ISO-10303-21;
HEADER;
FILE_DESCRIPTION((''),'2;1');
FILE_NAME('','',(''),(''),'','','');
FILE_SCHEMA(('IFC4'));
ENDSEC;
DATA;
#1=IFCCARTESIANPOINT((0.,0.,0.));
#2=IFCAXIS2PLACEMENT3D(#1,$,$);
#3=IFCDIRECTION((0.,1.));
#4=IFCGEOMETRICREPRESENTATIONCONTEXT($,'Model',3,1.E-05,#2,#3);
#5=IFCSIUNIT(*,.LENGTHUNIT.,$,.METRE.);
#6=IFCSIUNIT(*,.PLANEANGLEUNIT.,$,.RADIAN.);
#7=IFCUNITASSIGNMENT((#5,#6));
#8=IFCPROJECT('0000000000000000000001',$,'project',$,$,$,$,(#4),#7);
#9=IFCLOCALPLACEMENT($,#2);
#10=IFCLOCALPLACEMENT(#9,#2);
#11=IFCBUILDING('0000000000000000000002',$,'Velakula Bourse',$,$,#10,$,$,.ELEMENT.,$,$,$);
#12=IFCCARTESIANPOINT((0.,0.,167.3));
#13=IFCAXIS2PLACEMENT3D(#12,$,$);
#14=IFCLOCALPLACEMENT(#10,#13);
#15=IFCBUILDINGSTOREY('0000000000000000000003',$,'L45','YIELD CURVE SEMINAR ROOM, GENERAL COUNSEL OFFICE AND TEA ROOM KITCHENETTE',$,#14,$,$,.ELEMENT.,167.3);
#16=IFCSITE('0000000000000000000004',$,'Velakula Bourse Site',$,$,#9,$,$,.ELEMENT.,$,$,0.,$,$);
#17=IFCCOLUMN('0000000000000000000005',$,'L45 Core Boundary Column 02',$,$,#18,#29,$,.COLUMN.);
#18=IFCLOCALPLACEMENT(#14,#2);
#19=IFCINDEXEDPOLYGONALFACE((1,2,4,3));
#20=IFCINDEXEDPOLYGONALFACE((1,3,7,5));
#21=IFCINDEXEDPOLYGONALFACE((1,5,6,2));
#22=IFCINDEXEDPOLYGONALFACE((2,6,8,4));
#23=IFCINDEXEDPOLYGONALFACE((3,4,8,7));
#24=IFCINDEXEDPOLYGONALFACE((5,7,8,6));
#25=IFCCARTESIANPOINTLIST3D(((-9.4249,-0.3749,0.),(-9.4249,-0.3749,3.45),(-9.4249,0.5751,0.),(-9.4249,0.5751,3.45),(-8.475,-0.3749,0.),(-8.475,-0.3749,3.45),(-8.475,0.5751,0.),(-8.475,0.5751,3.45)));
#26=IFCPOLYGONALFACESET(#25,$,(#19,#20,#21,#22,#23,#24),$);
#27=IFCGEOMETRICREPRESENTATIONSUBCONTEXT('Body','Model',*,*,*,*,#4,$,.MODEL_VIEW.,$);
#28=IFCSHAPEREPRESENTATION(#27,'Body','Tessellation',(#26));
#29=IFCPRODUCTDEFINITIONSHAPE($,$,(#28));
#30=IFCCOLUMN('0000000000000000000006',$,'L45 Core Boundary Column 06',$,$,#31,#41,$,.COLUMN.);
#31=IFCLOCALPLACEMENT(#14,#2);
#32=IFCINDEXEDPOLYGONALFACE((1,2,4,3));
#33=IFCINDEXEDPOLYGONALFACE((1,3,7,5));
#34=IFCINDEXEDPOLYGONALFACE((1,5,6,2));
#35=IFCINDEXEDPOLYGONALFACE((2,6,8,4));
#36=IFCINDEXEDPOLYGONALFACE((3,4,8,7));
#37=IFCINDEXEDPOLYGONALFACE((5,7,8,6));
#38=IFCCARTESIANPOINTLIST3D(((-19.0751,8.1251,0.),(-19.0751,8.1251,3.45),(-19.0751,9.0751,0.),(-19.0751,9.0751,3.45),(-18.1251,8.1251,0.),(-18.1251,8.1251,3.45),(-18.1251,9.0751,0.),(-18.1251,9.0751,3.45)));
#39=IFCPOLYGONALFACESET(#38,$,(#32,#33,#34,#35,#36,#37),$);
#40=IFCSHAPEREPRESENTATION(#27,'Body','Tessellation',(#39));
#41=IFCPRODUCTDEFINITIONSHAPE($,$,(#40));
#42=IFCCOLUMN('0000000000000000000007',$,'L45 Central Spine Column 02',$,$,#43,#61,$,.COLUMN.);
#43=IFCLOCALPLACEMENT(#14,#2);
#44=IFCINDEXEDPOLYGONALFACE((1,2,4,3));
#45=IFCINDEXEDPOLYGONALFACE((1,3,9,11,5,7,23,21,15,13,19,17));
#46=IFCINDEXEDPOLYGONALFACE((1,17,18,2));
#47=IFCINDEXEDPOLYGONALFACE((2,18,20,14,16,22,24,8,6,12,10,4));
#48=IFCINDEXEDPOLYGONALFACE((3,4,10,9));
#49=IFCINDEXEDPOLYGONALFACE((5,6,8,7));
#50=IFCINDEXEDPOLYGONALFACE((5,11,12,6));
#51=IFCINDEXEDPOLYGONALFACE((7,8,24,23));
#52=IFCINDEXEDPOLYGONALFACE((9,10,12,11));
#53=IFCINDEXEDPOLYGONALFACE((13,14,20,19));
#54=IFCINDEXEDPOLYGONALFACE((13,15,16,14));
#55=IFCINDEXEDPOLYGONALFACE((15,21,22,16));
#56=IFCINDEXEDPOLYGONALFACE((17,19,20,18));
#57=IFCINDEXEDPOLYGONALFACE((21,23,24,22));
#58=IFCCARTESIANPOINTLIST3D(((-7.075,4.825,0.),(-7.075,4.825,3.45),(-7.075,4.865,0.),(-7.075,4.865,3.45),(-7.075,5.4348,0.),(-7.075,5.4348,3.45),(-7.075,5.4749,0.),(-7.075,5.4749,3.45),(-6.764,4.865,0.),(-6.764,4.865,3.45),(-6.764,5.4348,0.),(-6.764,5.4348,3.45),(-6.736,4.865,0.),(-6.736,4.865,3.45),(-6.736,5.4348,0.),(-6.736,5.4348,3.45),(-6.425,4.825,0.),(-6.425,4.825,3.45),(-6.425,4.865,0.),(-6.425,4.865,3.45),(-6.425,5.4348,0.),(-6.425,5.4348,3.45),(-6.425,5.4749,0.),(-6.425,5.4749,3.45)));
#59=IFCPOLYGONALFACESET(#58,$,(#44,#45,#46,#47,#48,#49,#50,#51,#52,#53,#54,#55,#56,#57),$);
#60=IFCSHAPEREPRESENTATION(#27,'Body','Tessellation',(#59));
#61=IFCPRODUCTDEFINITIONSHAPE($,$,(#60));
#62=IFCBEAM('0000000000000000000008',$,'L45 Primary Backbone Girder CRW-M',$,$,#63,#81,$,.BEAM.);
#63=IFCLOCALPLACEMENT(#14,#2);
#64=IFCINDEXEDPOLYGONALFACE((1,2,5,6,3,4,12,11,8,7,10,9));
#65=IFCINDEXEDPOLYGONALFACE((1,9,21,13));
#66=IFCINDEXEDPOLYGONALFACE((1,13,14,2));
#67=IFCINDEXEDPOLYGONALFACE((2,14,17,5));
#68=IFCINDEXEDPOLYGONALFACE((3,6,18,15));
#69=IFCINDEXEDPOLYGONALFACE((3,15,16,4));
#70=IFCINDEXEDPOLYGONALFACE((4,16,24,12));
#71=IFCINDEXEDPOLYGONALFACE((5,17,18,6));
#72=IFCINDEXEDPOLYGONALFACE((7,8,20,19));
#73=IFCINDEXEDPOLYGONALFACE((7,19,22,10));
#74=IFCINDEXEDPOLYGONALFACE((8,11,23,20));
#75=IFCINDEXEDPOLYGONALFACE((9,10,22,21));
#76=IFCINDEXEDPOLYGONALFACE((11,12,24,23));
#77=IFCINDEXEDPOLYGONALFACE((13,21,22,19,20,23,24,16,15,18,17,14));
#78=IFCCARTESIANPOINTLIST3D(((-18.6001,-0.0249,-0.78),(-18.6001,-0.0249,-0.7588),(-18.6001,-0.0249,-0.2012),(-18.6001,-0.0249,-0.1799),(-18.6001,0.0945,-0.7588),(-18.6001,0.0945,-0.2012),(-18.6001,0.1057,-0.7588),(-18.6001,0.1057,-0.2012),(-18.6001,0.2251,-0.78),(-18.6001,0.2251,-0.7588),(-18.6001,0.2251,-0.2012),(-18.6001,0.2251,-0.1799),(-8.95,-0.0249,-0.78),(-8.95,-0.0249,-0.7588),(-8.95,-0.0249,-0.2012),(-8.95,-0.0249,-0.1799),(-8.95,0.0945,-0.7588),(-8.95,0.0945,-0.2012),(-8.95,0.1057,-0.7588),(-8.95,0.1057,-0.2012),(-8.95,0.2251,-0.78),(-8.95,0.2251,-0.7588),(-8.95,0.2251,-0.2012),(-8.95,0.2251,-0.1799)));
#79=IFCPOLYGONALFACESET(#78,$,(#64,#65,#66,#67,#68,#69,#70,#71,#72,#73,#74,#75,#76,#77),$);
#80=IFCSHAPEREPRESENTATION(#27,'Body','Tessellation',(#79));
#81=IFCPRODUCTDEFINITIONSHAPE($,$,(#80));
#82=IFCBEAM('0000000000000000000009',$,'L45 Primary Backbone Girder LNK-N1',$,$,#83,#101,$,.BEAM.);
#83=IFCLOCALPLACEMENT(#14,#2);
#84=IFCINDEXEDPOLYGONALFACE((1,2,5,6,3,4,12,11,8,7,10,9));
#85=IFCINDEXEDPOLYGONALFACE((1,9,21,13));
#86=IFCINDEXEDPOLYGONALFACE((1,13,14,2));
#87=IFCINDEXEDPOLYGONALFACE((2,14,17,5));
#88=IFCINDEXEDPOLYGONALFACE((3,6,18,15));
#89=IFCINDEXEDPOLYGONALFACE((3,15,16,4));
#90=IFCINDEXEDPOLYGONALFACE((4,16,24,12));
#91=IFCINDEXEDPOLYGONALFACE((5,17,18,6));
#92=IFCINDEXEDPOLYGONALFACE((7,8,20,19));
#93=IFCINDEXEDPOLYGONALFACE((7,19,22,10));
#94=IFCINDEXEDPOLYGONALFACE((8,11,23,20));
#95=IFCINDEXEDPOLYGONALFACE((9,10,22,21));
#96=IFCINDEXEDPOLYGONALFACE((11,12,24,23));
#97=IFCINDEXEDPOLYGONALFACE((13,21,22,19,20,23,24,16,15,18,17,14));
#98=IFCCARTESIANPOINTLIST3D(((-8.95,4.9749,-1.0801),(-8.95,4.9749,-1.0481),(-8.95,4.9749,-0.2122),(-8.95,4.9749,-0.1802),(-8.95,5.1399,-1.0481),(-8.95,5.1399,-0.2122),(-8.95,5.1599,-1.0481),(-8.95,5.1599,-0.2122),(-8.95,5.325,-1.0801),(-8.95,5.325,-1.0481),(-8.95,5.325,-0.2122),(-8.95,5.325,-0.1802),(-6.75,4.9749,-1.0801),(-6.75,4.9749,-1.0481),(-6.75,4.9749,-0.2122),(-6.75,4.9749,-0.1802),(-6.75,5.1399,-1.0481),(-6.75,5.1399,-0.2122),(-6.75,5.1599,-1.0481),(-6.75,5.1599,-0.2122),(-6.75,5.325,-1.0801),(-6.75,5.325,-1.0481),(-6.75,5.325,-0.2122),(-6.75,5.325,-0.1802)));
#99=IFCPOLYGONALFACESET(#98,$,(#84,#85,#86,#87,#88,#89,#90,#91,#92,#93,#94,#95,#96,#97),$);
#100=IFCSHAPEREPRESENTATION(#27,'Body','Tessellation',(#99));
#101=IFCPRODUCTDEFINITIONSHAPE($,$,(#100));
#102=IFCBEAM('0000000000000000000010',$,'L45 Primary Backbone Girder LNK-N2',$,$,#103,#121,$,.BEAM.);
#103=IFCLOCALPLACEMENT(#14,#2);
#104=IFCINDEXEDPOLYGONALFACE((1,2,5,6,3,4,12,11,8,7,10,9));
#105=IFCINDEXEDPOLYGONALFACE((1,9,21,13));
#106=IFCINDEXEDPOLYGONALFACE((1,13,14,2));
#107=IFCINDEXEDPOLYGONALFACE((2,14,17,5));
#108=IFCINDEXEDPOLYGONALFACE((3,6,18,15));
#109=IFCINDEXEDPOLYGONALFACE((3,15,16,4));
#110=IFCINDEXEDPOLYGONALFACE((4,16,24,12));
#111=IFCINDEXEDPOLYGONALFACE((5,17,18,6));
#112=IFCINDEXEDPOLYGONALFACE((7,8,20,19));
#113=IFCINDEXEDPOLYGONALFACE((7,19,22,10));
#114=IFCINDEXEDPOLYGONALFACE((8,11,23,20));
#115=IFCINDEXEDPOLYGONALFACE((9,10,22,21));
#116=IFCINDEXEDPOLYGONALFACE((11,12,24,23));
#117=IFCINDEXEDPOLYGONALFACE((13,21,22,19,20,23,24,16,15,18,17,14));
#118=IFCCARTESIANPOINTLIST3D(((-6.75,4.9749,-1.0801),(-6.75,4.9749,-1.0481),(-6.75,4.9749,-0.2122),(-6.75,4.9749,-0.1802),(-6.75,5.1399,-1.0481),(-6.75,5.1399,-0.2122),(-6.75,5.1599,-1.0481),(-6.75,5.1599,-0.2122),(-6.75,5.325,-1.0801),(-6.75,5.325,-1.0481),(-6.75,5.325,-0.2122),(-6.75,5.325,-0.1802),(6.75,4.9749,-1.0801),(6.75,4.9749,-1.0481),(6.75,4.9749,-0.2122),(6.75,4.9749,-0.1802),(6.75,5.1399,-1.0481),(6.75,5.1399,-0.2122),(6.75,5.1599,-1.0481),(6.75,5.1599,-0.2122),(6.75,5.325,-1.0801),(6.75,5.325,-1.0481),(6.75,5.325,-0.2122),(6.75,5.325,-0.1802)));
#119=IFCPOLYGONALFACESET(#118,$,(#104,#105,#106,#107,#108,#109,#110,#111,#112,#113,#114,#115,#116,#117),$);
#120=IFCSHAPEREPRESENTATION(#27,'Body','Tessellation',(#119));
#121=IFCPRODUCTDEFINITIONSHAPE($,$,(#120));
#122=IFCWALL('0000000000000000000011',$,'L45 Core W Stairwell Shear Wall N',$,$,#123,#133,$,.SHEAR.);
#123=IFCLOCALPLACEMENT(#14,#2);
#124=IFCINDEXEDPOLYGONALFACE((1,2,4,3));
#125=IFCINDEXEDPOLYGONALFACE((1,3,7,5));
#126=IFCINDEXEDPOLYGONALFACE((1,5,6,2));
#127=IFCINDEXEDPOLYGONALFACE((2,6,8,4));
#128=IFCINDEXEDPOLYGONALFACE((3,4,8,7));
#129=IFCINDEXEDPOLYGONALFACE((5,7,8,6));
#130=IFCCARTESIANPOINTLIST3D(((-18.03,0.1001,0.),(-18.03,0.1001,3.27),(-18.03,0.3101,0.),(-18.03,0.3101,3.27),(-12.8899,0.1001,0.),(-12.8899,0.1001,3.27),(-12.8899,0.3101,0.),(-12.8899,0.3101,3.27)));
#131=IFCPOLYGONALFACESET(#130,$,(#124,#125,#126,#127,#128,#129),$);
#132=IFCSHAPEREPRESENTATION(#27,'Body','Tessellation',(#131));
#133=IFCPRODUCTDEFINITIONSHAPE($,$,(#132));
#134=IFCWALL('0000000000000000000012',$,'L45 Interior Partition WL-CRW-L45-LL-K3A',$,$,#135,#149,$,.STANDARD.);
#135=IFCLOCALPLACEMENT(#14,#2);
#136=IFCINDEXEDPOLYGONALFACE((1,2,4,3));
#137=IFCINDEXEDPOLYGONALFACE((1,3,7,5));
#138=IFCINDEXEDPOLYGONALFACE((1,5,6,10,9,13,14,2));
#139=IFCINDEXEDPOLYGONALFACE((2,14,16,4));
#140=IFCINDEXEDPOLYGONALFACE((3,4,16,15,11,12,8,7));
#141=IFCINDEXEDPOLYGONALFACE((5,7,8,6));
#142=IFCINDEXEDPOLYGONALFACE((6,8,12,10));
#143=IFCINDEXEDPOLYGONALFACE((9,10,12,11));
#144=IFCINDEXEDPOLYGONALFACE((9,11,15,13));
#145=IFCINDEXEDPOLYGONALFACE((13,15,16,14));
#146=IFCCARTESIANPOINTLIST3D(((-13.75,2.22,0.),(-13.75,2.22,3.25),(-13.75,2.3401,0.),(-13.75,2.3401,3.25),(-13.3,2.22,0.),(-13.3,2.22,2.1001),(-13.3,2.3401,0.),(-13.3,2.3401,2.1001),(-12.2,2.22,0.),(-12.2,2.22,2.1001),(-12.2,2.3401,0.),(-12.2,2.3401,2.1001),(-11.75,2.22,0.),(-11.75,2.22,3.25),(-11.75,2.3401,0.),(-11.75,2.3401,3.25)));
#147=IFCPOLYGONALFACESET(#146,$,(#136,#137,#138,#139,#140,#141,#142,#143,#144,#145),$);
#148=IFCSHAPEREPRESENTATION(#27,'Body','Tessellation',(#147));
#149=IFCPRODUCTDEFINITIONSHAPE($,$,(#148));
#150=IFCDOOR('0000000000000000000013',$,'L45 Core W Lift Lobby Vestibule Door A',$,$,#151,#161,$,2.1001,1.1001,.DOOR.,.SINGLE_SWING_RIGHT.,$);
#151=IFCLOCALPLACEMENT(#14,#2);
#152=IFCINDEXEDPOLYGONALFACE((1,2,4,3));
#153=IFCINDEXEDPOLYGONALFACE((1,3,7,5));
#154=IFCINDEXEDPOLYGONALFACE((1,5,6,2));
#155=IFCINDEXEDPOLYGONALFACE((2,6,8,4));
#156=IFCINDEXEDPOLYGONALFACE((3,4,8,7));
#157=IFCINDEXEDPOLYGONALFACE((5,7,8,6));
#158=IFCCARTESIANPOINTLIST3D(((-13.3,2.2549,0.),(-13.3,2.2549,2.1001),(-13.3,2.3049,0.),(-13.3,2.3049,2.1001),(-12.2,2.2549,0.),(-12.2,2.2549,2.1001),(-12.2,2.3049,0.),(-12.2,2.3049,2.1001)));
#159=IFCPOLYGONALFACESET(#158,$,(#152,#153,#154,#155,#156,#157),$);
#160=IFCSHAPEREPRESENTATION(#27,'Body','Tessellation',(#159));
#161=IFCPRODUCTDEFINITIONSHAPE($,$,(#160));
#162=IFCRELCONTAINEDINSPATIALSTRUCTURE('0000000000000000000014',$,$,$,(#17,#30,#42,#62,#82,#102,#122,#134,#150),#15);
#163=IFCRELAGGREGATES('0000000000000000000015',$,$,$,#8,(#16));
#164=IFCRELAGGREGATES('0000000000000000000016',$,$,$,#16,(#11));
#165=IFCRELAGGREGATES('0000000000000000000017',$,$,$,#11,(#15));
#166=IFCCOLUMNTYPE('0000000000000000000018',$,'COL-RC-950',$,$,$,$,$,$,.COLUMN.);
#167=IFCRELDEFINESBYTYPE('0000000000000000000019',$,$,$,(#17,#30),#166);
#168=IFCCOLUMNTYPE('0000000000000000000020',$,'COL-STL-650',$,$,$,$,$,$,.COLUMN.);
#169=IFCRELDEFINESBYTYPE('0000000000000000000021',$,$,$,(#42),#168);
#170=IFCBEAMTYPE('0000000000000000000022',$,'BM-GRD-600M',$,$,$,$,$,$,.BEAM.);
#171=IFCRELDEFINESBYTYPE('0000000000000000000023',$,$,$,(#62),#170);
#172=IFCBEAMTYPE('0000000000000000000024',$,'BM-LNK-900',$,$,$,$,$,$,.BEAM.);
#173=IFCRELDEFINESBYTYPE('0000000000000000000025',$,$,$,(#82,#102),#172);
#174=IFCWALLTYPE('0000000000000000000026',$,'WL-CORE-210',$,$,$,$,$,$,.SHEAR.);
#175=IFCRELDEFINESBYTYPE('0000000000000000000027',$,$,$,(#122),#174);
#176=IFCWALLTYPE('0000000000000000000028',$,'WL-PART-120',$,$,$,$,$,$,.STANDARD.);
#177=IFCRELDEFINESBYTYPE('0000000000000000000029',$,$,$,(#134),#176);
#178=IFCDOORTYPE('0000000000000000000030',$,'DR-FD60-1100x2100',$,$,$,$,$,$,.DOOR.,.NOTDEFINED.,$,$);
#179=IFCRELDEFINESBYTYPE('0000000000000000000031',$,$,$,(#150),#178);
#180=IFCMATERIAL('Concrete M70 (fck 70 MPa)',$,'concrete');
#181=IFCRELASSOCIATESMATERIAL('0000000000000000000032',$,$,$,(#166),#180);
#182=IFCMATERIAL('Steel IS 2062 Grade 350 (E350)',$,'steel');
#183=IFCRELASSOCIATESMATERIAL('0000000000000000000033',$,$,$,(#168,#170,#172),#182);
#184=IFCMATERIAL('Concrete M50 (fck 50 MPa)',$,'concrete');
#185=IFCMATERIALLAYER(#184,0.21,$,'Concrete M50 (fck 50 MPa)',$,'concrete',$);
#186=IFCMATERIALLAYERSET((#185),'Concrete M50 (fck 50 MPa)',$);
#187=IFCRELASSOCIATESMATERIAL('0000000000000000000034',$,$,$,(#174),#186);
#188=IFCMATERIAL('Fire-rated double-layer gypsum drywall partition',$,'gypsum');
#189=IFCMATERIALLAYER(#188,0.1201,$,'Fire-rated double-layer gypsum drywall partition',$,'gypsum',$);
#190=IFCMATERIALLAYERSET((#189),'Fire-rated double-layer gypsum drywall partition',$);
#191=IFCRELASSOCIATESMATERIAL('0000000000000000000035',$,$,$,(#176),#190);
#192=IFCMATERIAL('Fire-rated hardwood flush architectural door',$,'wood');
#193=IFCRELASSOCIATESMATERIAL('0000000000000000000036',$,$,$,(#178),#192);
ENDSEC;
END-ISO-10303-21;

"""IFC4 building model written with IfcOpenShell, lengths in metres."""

from ifc_helpers import new_model, si_unit, direction, frame, frame_2d, origin, origin_2d, place, context, subcontext, project, spatial, rectangle, i_section, extrude, material, layer, layer_set, material_profile, profile_set, type_object, element, fill, save


model = new_model("IFC4")

# Units and contexts
model_context = context("Model", 3, precision=1e-05, world=origin(), true_north=direction((0.0, 1.0)))
body_context = subcontext(model_context, "Body", "Model", "MODEL_VIEW")
ifc_project = project(units=[si_unit("LENGTHUNIT", "METRE"), si_unit("PLANEANGLEUNIT", "RADIAN")], contexts=[model_context])

# Site, building, storey
site_placement = place(None, origin())
site = spatial("IfcSite", under=ifc_project, at=site_placement, Name="Velakula Bourse Site", CompositionType="ELEMENT", RefElevation=0.0)
building_placement = place(site_placement, origin())
building = spatial("IfcBuilding", under=site, at=building_placement, Name="Velakula Bourse", CompositionType="ELEMENT")
storey_placement = place(building_placement, frame((0.0, 0.0, 167.3)))
storey = spatial("IfcBuildingStorey", under=building, at=storey_placement, Name="L45", Description="YIELD CURVE SEMINAR ROOM, GENERAL COUNSEL OFFICE AND TEA ROOM KITCHENETTE", CompositionType="ELEMENT", Elevation=167.3)

# Columns
ifc_material_1 = material(Name="Concrete M70 (fck 70 MPa)", Category="concrete")
ifc_material_profile_1 = material_profile(ifc_material_1, rectangle(XDim=0.95, YDim=0.95, at=origin_2d()), Name="Concrete M70 (fck 70 MPa)")
ifc_profile_set_1 = profile_set([ifc_material_profile_1], Name="Concrete M70 (fck 70 MPa)")
column_type_1 = type_object("IfcColumnType", Name="COL-RC-950", PredefinedType="COLUMN", material=ifc_profile_set_1)
for number, where, z_axis, x_axis, name in (
    (1, (-8.95, 0.1001, 0.0), (0.0, 0.0, 1.0), (1.0, 0.0, 0.0), "L45 Core Boundary Column 02"),
    (2, (-18.6001, 8.6001, 0.0), (0.0, 0.0, 1.0), (1.0, 0.0, 0.0), "L45 Core Boundary Column 06"),
):
    element("IfcColumn", number, at=place(storey_placement, frame(where, z_axis=z_axis, x_axis=x_axis)), inside=storey, type_object=column_type_1, Name=name, PredefinedType="COLUMN", context=body_context, shape_type="SweptSolid", body=[
        extrude(rectangle(XDim=0.95, YDim=0.95, at=origin_2d()), origin(), (0.0, 0.0, 1.0), 3.45),
    ])
ifc_material_2 = material(Name="Steel IS 2062 Grade 350 (E350)", Category="steel")
ifc_material_profile_2 = material_profile(ifc_material_2, i_section(OverallWidth=0.6499, OverallDepth=0.6499, WebThickness=0.0281, FlangeThickness=0.04, at=origin_2d()), Name="Steel IS 2062 Grade 350 (E350)")
ifc_profile_set_2 = profile_set([ifc_material_profile_2], Name="Steel IS 2062 Grade 350 (E350)")
column_type_2 = type_object("IfcColumnType", Name="COL-STL-650", PredefinedType="COLUMN", material=ifc_profile_set_2)
column_placement = place(storey_placement, frame((-6.75, 5.1499, 0.0), z_axis=(0.0, 0.0, 1.0), x_axis=(1.0, 0.0, 0.0)))
element("IfcColumn", 3, at=column_placement, inside=storey, type_object=column_type_2, Name="L45 Central Spine Column 02", PredefinedType="COLUMN", context=body_context, shape_type="SweptSolid", body=[
    extrude(i_section(OverallWidth=0.6499, OverallDepth=0.6499, WebThickness=0.0281, FlangeThickness=0.04, at=origin_2d()), origin(), (0.0, 0.0, 1.0), 3.45),
])

# Beams
ifc_material_profile_3 = material_profile(ifc_material_2, i_section(OverallWidth=0.25, OverallDepth=0.6001, WebThickness=0.0112, FlangeThickness=0.0212, at=origin_2d()), Name="Steel IS 2062 Grade 350 (E350)")
ifc_profile_set_3 = profile_set([ifc_material_profile_3], Name="Steel IS 2062 Grade 350 (E350)")
beam_type_1 = type_object("IfcBeamType", Name="BM-GRD-600M", PredefinedType="BEAM", material=ifc_profile_set_3)
beam_1_placement = place(storey_placement, frame((-18.6001, 0.1001, -0.48), z_axis=(1.0, 0.0, 0.0), x_axis=(0.0, 1.0, 0.0)))
element("IfcBeam", 4, at=beam_1_placement, inside=storey, type_object=beam_type_1, Name="L45 Primary Backbone Girder CRW-M", PredefinedType="BEAM", context=body_context, shape_type="SweptSolid", body=[
    extrude(i_section(OverallWidth=0.25, OverallDepth=0.6001, WebThickness=0.0112, FlangeThickness=0.0212, at=origin_2d()), origin(), (0.0, 0.0, 1.0), 9.6501),
])
ifc_material_profile_4 = material_profile(ifc_material_2, i_section(OverallWidth=0.3501, OverallDepth=0.8999, WebThickness=0.02, FlangeThickness=0.032, at=origin_2d()), Name="Steel IS 2062 Grade 350 (E350)")
ifc_profile_set_4 = profile_set([ifc_material_profile_4], Name="Steel IS 2062 Grade 350 (E350)")
beam_type_2 = type_object("IfcBeamType", Name="BM-LNK-900", PredefinedType="BEAM", material=ifc_profile_set_4)
beam_2_placement = place(storey_placement, frame((-8.95, 5.1499, -0.6301), z_axis=(1.0, 0.0, 0.0), x_axis=(0.0, 1.0, 0.0)))
element("IfcBeam", 5, at=beam_2_placement, inside=storey, type_object=beam_type_2, Name="L45 Primary Backbone Girder LNK-N1", PredefinedType="BEAM", context=body_context, shape_type="SweptSolid", body=[
    extrude(i_section(OverallWidth=0.3501, OverallDepth=0.8999, WebThickness=0.02, FlangeThickness=0.032, at=origin_2d()), origin(), (0.0, 0.0, 1.0), 2.2),
])
beam_3_placement = place(storey_placement, frame((-6.75, 5.1499, -0.6301), z_axis=(1.0, 0.0, 0.0), x_axis=(0.0, 1.0, 0.0)))
element("IfcBeam", 6, at=beam_3_placement, inside=storey, type_object=beam_type_2, Name="L45 Primary Backbone Girder LNK-N2", PredefinedType="BEAM", context=body_context, shape_type="SweptSolid", body=[
    extrude(i_section(OverallWidth=0.3501, OverallDepth=0.8999, WebThickness=0.02, FlangeThickness=0.032, at=origin_2d()), origin(), (0.0, 0.0, 1.0), 13.5),
])

# Wall
ifc_material_3 = material(Name="Concrete M50 (fck 50 MPa)", Category="concrete")
ifc_layer_1 = layer(ifc_material_3, 0.21, Name="Concrete M50 (fck 50 MPa)", Category="concrete")
ifc_layer_set_1 = layer_set([ifc_layer_1], Name="Concrete M50 (fck 50 MPa)")
wall_type_1 = type_object("IfcWallType", Name="WL-CORE-210", PredefinedType="SHEAR", material=ifc_layer_set_1)
wall_1_placement = place(storey_placement, frame((-12.8899, 0.2051, 0.0), z_axis=(0.0, 0.0, 1.0), x_axis=(-1.0, 0.0, 0.0)))
element("IfcWall", 7, at=wall_1_placement, inside=storey, type_object=wall_type_1, Name="L45 Core W Stairwell Shear Wall N", PredefinedType="SHEAR", context=body_context, shape_type="SweptSolid", body=[
    extrude(rectangle(XDim=5.1401, YDim=0.21, at=frame_2d((2.5701, 0.0))), origin(), (0.0, 0.0, 1.0), 3.27),
])

# Wall, opening, door
ifc_material_4 = material(Name="Fire-rated double-layer gypsum drywall partition", Category="gypsum")
ifc_layer_2 = layer(ifc_material_4, 0.1201, Name="Fire-rated double-layer gypsum drywall partition", Category="gypsum")
ifc_layer_set_2 = layer_set([ifc_layer_2], Name="Fire-rated double-layer gypsum drywall partition")
wall_type_2 = type_object("IfcWallType", Name="WL-PART-120", PredefinedType="STANDARD", material=ifc_layer_set_2)
wall_2_placement = place(storey_placement, frame((-13.75, 2.28, 0.0), z_axis=(0.0, 0.0, 1.0), x_axis=(1.0, 0.0, 0.0)))
wall_2 = element("IfcWall", 8, at=wall_2_placement, inside=storey, type_object=wall_type_2, Name="L45 Interior Partition WL-CRW-L45-LL-K3A", PredefinedType="STANDARD", context=body_context, shape_type="SweptSolid", body=[
    extrude(rectangle(XDim=2.0, YDim=0.1201, at=frame_2d((1.0, 0.0))), origin(), (0.0, 0.0, 1.0), 3.25),
])
opening_1_placement = place(wall_2_placement, frame((0.45, 0.0, 0.0)))
opening_1 = element("IfcOpeningElement", 9, at=opening_1_placement, cuts=wall_2, PredefinedType="OPENING", context=body_context, shape_type="SweptSolid", body=[
    extrude(rectangle(XDim=1.1001, YDim=2.1001, at=frame_2d((0.55, 1.05))), frame((0.0, 0.0701, 0.0), z_axis=(0.0, -1.0, 0.0), x_axis=(1.0, 0.0, 0.0)), (0.0, 0.0, 1.0), 0.1401),
])
ifc_material_5 = material(Name="Fire-rated hardwood flush architectural door", Category="wood")
door_type_1 = type_object("IfcDoorType", Name="DR-FD60-1100x2100", OperationType="NOTDEFINED", PredefinedType="DOOR", material=ifc_material_5)
door_1_placement = place(opening_1_placement, origin())
door_1 = element("IfcDoor", 10, at=door_1_placement, inside=storey, type_object=door_type_1, Name="L45 Core W Lift Lobby Vestibule Door A", OperationType="SINGLE_SWING_RIGHT", OverallHeight=2.1001, OverallWidth=1.1001, PredefinedType="DOOR", context=body_context, shape_type="SweptSolid", body=[
    extrude(rectangle(XDim=1.1001, YDim=2.1001, at=frame_2d((0.55, 1.05))), frame((0.0, 0.0249, 0.0), z_axis=(0.0, -1.0, 0.0), x_axis=(1.0, 0.0, 0.0)), (0.0, 0.0, 1.0), 0.05),
])
fill(opening_1, door_1)

save(model, "model.ifc")
